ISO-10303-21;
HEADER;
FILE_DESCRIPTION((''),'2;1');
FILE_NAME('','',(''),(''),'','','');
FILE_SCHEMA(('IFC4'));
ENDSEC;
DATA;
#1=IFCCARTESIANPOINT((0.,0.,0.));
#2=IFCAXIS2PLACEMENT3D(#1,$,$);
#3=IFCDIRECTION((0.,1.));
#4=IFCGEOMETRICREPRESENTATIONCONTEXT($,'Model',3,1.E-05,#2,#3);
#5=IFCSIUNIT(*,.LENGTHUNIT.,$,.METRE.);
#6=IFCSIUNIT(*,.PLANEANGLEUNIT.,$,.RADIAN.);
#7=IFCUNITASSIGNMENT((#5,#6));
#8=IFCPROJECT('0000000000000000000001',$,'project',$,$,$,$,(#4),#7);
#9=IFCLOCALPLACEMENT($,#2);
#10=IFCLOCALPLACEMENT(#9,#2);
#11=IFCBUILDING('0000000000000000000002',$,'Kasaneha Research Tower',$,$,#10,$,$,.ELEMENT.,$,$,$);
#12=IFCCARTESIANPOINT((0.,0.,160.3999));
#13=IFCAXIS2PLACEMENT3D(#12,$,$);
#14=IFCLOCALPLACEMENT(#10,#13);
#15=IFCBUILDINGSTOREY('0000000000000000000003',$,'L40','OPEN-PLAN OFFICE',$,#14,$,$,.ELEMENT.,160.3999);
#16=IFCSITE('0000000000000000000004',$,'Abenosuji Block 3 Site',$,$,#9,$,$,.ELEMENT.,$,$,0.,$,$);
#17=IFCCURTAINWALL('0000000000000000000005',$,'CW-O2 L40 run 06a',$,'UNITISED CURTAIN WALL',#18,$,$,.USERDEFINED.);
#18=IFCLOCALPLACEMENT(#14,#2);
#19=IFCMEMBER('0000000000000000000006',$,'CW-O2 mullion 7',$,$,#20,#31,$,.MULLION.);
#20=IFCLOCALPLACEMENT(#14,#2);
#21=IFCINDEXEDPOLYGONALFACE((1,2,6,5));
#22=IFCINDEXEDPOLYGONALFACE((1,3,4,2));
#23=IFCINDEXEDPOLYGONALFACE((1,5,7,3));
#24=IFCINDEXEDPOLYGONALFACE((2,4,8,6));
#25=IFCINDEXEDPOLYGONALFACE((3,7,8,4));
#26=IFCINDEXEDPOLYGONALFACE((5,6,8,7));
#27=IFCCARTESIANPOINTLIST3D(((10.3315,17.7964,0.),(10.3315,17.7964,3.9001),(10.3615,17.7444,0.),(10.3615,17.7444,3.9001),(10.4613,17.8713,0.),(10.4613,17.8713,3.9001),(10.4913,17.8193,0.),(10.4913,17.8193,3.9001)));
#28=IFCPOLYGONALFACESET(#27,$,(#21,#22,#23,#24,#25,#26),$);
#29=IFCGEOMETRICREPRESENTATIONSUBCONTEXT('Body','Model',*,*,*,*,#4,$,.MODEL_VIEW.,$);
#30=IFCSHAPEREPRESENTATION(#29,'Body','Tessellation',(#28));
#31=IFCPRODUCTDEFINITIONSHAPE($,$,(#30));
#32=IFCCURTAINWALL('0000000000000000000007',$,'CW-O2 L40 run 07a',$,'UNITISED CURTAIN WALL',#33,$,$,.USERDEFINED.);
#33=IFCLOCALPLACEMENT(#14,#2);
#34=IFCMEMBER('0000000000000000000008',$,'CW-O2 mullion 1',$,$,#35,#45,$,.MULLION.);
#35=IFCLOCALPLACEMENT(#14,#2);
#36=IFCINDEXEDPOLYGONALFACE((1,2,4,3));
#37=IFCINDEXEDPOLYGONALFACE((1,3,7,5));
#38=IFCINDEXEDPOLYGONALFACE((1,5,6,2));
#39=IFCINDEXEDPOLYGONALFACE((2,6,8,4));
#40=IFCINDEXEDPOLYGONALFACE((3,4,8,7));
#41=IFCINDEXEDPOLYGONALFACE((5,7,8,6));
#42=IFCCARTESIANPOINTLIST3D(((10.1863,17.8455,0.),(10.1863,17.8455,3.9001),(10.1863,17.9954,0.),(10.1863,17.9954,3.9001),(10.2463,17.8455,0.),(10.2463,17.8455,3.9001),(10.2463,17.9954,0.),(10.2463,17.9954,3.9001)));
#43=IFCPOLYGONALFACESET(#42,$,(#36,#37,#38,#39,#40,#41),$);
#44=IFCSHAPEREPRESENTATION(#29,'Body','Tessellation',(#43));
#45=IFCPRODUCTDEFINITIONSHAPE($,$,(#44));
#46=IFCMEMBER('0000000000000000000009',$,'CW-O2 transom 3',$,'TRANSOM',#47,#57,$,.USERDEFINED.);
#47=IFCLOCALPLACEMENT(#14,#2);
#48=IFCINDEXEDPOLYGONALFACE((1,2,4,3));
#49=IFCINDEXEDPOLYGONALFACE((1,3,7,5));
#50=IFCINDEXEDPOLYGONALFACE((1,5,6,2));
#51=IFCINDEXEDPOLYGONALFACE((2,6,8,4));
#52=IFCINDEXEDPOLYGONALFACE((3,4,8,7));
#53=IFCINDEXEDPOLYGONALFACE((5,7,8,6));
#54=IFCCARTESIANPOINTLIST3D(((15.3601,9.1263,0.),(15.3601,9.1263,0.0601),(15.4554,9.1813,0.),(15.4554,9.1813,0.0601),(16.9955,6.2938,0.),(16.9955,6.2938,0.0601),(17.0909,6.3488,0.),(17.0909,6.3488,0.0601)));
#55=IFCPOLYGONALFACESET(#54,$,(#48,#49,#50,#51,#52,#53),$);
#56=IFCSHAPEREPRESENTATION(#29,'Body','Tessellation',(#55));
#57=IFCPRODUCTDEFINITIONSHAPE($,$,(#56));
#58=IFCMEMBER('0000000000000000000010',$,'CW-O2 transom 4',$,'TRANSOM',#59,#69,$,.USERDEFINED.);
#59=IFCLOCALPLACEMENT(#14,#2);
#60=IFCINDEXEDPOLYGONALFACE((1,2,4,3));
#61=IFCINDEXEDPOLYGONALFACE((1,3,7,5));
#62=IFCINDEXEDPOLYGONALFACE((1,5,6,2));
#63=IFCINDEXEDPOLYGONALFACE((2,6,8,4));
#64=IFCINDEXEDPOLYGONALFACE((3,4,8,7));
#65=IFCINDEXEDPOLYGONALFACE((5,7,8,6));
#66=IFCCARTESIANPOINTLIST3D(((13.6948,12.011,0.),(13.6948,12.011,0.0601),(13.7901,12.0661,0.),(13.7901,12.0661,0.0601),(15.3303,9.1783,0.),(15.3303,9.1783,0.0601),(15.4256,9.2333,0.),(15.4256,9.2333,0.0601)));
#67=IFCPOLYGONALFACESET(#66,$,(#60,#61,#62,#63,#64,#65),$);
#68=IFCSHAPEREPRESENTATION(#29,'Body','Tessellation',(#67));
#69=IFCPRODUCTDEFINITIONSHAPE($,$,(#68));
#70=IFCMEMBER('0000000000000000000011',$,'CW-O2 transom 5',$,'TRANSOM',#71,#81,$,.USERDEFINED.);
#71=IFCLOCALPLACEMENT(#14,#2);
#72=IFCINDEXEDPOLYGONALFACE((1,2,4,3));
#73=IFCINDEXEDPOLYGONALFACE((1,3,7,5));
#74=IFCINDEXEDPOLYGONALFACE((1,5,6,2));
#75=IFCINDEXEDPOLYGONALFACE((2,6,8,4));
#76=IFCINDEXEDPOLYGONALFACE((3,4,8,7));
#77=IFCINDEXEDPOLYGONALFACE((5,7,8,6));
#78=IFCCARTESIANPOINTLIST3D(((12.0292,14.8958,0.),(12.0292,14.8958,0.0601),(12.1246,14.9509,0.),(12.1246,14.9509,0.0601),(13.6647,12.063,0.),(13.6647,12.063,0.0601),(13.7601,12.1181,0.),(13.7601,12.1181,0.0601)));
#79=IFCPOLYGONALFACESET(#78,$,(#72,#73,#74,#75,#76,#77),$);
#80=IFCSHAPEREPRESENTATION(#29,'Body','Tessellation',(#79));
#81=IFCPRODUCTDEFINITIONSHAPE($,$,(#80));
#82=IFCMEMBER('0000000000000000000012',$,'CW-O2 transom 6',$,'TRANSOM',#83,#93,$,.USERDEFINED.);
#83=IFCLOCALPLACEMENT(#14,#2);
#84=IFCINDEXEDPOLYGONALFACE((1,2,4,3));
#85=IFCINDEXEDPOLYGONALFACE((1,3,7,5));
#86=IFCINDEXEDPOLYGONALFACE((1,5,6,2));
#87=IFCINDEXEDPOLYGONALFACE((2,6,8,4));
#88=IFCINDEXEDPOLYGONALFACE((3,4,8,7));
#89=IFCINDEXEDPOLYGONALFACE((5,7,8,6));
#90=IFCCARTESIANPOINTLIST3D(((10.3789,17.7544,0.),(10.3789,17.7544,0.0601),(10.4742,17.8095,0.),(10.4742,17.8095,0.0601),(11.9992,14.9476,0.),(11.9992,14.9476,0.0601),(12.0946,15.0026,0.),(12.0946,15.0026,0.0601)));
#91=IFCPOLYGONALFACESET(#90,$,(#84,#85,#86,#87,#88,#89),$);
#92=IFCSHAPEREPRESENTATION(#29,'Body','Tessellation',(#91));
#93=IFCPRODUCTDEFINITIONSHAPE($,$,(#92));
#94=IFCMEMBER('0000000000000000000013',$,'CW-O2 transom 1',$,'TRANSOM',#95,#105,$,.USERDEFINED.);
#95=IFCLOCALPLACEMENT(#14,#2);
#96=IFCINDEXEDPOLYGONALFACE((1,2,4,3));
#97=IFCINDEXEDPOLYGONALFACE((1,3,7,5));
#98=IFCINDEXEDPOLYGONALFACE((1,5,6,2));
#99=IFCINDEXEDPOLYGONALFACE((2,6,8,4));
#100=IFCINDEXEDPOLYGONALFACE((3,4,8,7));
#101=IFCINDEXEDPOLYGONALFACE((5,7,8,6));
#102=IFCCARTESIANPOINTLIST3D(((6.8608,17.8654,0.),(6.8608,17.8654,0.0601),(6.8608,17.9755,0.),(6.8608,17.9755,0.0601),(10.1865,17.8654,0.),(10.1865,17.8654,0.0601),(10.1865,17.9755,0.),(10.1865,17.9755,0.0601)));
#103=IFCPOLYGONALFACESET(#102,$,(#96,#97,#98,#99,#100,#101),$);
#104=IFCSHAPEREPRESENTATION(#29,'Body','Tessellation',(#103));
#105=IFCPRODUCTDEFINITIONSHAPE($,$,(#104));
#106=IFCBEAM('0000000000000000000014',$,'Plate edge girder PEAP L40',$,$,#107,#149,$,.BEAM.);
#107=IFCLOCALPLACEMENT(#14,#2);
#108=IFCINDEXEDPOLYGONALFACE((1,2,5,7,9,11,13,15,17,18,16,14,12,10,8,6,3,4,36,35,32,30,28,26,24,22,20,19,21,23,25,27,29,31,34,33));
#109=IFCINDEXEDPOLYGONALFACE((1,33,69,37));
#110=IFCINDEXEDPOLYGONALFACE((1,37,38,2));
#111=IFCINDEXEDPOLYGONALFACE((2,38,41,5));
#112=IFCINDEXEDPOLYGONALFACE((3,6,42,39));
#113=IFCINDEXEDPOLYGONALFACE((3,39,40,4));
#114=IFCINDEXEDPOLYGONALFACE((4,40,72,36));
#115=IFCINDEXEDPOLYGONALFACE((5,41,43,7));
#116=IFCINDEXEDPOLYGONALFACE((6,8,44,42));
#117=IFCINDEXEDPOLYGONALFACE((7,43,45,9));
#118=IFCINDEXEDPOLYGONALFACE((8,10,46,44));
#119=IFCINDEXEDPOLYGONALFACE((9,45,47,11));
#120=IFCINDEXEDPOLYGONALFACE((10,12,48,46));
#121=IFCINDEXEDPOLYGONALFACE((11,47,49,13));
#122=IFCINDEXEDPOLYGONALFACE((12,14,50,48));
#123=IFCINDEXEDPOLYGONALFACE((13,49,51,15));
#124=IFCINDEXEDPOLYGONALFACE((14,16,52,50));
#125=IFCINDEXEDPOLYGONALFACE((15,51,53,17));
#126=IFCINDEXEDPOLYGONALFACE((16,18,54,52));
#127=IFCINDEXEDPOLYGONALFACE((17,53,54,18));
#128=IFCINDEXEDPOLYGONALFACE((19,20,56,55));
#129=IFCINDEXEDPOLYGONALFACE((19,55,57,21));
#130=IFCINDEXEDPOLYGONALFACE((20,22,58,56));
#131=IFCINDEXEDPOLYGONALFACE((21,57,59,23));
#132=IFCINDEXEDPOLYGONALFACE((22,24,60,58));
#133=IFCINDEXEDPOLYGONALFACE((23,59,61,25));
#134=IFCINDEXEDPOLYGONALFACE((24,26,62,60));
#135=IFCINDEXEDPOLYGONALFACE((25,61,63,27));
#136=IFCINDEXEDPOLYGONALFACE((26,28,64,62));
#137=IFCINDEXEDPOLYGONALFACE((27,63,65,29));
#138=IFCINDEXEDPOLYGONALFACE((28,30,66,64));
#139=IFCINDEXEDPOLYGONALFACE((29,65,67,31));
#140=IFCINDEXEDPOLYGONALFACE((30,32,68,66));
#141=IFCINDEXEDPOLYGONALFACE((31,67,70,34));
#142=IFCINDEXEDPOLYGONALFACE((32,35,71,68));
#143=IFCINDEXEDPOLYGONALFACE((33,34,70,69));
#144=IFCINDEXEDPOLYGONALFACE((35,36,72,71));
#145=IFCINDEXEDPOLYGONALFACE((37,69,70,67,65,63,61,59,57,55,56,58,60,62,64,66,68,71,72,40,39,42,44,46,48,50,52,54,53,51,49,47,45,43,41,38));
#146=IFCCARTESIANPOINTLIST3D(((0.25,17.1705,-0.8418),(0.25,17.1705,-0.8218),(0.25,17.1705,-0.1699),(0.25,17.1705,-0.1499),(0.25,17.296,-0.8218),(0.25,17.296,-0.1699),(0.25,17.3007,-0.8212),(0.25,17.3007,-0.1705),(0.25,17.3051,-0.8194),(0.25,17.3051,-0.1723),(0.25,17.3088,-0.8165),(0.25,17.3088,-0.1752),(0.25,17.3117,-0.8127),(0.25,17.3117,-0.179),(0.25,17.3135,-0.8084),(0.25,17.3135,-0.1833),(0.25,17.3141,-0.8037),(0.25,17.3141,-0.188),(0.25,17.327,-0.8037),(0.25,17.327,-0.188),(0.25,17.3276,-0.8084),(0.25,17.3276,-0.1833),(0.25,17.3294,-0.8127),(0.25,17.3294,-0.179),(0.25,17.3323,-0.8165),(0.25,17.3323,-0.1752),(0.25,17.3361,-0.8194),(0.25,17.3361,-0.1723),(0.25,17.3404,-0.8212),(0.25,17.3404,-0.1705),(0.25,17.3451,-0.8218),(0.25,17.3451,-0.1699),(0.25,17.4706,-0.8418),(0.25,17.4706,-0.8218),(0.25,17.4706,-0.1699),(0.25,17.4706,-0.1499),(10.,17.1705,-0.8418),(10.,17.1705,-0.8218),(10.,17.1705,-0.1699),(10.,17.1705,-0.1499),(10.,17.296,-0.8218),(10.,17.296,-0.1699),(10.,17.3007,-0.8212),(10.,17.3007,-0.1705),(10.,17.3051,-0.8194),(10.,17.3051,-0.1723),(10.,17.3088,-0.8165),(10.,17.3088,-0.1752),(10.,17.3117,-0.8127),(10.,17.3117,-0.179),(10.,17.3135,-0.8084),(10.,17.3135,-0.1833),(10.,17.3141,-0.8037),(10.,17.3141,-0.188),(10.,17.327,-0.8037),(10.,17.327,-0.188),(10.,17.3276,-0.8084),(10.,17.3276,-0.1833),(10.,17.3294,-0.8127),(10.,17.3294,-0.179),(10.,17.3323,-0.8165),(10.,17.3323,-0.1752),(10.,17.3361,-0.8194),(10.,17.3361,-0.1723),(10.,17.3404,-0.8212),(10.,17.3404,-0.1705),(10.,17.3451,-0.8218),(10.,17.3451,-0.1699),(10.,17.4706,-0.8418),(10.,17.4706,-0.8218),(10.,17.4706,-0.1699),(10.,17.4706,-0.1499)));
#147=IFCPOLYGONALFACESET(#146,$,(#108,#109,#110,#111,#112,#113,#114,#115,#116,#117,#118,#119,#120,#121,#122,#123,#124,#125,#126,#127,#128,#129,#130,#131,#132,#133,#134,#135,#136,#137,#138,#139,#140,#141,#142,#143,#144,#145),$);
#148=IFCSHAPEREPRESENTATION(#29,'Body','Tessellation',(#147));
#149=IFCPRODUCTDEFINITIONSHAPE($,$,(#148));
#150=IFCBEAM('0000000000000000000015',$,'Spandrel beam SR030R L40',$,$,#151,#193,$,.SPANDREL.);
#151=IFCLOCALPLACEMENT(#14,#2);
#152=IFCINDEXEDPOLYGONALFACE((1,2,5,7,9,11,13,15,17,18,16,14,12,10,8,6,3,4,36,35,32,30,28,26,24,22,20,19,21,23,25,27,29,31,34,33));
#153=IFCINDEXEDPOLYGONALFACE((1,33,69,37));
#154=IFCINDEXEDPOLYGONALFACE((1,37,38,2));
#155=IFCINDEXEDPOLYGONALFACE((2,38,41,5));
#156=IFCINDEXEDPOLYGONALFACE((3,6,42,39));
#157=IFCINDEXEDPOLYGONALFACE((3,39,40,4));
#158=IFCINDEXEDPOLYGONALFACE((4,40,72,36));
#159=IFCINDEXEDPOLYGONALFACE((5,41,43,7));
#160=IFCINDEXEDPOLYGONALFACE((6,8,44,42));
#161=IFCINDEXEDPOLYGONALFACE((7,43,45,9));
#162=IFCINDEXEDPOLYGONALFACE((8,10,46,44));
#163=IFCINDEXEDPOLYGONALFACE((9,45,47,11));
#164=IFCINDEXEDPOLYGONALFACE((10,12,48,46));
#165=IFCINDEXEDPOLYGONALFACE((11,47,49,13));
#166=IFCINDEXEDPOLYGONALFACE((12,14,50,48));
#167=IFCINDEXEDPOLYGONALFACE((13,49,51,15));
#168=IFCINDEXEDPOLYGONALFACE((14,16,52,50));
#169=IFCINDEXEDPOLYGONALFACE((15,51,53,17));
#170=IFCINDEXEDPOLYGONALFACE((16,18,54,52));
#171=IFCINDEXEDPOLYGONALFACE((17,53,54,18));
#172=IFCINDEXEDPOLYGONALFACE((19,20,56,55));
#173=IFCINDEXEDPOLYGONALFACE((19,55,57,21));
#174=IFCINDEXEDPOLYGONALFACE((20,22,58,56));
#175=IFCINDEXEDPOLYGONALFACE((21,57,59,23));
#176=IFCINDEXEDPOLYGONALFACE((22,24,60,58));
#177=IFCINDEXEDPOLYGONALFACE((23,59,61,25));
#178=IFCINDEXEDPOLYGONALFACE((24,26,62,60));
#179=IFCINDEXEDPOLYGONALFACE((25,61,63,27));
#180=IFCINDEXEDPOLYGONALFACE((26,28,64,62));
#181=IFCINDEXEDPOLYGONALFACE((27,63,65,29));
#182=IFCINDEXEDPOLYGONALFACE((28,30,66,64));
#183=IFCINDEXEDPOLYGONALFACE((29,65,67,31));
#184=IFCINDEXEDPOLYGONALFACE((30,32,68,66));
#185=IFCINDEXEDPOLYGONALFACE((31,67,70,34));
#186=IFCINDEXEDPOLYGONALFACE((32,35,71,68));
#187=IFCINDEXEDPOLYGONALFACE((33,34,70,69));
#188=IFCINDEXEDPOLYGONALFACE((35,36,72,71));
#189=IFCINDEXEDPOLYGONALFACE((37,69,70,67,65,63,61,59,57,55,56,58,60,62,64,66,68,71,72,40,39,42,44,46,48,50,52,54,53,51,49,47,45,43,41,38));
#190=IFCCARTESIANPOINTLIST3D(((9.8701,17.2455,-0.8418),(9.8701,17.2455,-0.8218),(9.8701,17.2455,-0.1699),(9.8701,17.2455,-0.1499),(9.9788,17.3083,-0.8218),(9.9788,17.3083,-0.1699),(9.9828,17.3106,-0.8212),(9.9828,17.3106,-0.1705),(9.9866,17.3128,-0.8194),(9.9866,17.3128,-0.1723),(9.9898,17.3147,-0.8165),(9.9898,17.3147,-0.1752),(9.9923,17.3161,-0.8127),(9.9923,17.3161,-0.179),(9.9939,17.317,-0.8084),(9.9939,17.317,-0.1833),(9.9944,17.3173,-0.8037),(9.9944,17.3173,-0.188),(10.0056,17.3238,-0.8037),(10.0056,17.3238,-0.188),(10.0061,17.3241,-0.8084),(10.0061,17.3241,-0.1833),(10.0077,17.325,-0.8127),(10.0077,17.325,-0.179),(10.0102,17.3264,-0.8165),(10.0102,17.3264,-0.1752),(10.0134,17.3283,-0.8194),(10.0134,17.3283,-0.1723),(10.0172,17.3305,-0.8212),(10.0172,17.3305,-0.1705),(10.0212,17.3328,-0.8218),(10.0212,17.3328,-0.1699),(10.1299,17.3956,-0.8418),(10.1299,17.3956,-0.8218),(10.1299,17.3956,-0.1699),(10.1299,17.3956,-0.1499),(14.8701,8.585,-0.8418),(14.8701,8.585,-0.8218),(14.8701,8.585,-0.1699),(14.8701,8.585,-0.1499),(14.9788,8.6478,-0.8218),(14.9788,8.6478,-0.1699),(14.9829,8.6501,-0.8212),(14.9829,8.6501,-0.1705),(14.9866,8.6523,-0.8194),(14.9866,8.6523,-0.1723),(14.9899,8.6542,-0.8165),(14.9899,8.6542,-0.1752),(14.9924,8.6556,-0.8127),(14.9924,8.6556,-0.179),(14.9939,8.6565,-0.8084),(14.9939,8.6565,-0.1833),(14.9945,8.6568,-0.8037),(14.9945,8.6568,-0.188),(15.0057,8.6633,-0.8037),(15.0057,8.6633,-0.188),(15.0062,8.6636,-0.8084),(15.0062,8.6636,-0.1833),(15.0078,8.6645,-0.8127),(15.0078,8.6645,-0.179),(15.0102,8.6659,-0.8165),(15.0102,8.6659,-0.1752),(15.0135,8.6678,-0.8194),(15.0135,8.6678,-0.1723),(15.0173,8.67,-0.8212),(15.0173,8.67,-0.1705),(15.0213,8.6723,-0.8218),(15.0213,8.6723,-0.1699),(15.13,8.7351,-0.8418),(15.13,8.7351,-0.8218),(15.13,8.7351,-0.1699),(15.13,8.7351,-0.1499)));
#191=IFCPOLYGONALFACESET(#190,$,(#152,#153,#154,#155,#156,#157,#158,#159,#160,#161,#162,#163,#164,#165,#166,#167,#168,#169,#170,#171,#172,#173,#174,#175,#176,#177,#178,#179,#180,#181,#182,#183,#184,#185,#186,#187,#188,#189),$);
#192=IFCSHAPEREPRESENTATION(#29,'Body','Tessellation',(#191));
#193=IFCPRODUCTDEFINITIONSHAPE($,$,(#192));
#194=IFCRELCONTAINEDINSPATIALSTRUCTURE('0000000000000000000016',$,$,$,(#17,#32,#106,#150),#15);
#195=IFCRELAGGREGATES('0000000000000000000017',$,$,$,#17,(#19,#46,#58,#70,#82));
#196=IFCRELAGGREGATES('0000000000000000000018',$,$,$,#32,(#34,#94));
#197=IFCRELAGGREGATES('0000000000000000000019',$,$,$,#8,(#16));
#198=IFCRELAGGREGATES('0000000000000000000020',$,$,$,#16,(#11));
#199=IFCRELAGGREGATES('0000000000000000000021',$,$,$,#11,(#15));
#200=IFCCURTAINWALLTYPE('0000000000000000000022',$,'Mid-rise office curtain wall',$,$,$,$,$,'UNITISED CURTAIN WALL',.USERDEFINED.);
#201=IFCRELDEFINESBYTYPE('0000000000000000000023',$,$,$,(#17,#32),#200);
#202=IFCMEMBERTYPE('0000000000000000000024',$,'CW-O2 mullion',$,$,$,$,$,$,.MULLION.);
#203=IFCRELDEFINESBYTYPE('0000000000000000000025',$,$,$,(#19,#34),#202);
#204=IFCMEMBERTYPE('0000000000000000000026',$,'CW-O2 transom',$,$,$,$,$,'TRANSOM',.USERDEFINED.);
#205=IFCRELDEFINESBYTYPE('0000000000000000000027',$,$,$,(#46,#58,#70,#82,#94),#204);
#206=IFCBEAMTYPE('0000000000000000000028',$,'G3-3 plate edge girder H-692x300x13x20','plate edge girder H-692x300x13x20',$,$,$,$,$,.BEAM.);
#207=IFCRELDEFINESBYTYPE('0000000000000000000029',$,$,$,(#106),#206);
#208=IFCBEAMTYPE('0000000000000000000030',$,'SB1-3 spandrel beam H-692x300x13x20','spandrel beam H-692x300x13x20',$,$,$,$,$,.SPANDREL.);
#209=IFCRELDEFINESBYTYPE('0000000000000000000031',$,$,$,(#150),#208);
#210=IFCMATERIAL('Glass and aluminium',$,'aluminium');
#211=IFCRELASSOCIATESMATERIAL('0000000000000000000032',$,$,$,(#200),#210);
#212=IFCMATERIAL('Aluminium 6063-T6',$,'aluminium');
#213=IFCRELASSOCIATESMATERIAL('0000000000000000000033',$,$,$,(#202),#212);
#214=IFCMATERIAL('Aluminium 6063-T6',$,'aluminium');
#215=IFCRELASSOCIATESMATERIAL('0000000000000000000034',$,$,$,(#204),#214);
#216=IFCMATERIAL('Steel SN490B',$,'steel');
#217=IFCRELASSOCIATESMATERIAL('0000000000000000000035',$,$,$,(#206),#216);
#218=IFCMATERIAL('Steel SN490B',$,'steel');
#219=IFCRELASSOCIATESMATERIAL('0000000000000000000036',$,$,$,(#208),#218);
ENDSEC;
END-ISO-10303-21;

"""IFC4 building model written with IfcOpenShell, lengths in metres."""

from ifc_helpers import new_model, si_unit, direction, frame, origin, origin_2d, place, context, subcontext, project, spatial, rectangle, i_section, extrude, material, material_profile, profile_set, type_object, element, aggregate, save


model = new_model("IFC4")

# Units and contexts
model_context = context("Model", 3, precision=1e-05, world=origin(), true_north=direction((0.0, 1.0)))
body_context = subcontext(model_context, "Body", "Model", "MODEL_VIEW")
ifc_project = project(units=[si_unit("LENGTHUNIT", "METRE"), si_unit("PLANEANGLEUNIT", "RADIAN")], contexts=[model_context])

# Site, building, storey
site_placement = place(None, origin())
site = spatial("IfcSite", under=ifc_project, at=site_placement, Name="Abenosuji Block 3 Site", CompositionType="ELEMENT", RefElevation=0.0)
building_placement = place(site_placement, origin())
building = spatial("IfcBuilding", under=site, at=building_placement, Name="Kasaneha Research Tower", CompositionType="ELEMENT")
storey_placement = place(building_placement, frame((0.0, 0.0, 160.3999)))
storey = spatial("IfcBuildingStorey", under=building, at=storey_placement, Name="L40", Description="OPEN-PLAN OFFICE", CompositionType="ELEMENT", Elevation=160.3999)

# Curtain wall, member
ifc_material_1 = material(Name="Glass and aluminium", Category="aluminium")
curtain_wall_type = type_object("IfcCurtainWallType", Name="Mid-rise office curtain wall", ElementType="UNITISED CURTAIN WALL", PredefinedType="USERDEFINED", material=ifc_material_1)
curtain_wall_1_placement = place(storey_placement, origin())
curtain_wall_1 = element("IfcCurtainWall", 1, at=curtain_wall_1_placement, inside=storey, type_object=curtain_wall_type, Name="CW-O2 L40 run 06a", ObjectType="UNITISED CURTAIN WALL", PredefinedType="USERDEFINED")
ifc_material_2 = material(Name="Aluminium 6063-T6", Category="aluminium")
ifc_material_profile_1 = material_profile(ifc_material_2, rectangle(XDim=0.0601, YDim=0.1499, at=origin_2d()), Name="CW-O2 mullion 60x150")
ifc_profile_set_1 = profile_set([ifc_material_profile_1], Name="Aluminium 6063-T6")
member_type_1 = type_object("IfcMemberType", Name="CW-O2 mullion", PredefinedType="MULLION", material=ifc_profile_set_1)
member_1_placement = place(storey_placement, frame((10.4114, 17.8079, 0.0), z_axis=(0.0, 0.0, 1.0), x_axis=(-0.5, 0.866025, 0.0)))
member_1 = element("IfcMember", 2, at=member_1_placement, type_object=member_type_1, Name="CW-O2 mullion 7", PredefinedType="MULLION", context=body_context, shape_type="SweptSolid", body=[
    extrude(rectangle(XDim=0.0601, YDim=0.1499, at=origin_2d()), origin(), (0.0, 0.0, 1.0), 3.9001),
])

# Curtain wall, member
curtain_wall_2_placement = place(storey_placement, origin())
curtain_wall_2 = element("IfcCurtainWall", 3, at=curtain_wall_2_placement, inside=storey, type_object=curtain_wall_type, Name="CW-O2 L40 run 07a", ObjectType="UNITISED CURTAIN WALL", PredefinedType="USERDEFINED")
member_2_placement = place(storey_placement, frame((10.2163, 17.9204, 0.0), z_axis=(0.0, 0.0, 1.0), x_axis=(-1.0, 0.0, 0.0)))
member_2 = element("IfcMember", 4, at=member_2_placement, type_object=member_type_1, Name="CW-O2 mullion 1", PredefinedType="MULLION", context=body_context, shape_type="SweptSolid", body=[
    extrude(rectangle(XDim=0.0601, YDim=0.1499, at=origin_2d()), origin(), (0.0, 0.0, 1.0), 3.9001),
])

# Members
ifc_material_3 = material(Name="Aluminium 6063-T6", Category="aluminium")
ifc_material_profile_2 = material_profile(ifc_material_3, rectangle(XDim=0.1101, YDim=0.0601, at=origin_2d()), Name="CW-O2 transom 110x60")
ifc_profile_set_2 = profile_set([ifc_material_profile_2], Name="Aluminium 6063-T6")
member_type_2 = type_object("IfcMemberType", Name="CW-O2 transom", ElementType="TRANSOM", PredefinedType="USERDEFINED", material=ifc_profile_set_2)
member_3_placement = place(storey_placement, frame((17.0432, 6.3213, 0.03), z_axis=(-0.500033, 0.866007, 0.0), x_axis=(-0.866007, -0.500033, 0.0)))
member_3 = element("IfcMember", 5, at=member_3_placement, type_object=member_type_2, Name="CW-O2 transom 3", ObjectType="TRANSOM", PredefinedType="USERDEFINED", context=body_context, shape_type="SweptSolid", body=[
    extrude(rectangle(XDim=0.1101, YDim=0.0601, at=origin_2d()), origin(), (0.0, 0.0, 1.0), 3.2708),
])
member_4_placement = place(storey_placement, frame((15.3779, 9.2058, 0.03), z_axis=(-0.5, 0.866025, 0.0), x_axis=(-0.866025, -0.5, 0.0)))
member_4 = element("IfcMember", 6, at=member_4_placement, type_object=member_type_2, Name="CW-O2 transom 4", ObjectType="TRANSOM", PredefinedType="USERDEFINED", context=body_context, shape_type="SweptSolid", body=[
    extrude(rectangle(XDim=0.1101, YDim=0.0601, at=origin_2d()), origin(), (0.0, 0.0, 1.0), 3.271),
])
member_5_placement = place(storey_placement, frame((13.7124, 12.0906, 0.03), z_axis=(-0.5, 0.866025, 0.0), x_axis=(-0.866025, -0.5, 0.0)))
member_5 = element("IfcMember", 7, at=member_5_placement, type_object=member_type_2, Name="CW-O2 transom 5", ObjectType="TRANSOM", PredefinedType="USERDEFINED", context=body_context, shape_type="SweptSolid", body=[
    extrude(rectangle(XDim=0.1101, YDim=0.0601, at=origin_2d()), origin(), (0.0, 0.0, 1.0), 3.271),
])
member_6_placement = place(storey_placement, frame((12.0469, 14.9751, 0.03), z_axis=(-0.499955, 0.866051, 0.0), x_axis=(-0.866051, -0.499955, 0.0)))
member_6 = element("IfcMember", 8, at=member_6_placement, type_object=member_type_2, Name="CW-O2 transom 6", ObjectType="TRANSOM", PredefinedType="USERDEFINED", context=body_context, shape_type="SweptSolid", body=[
    extrude(rectangle(XDim=0.1101, YDim=0.0601, at=origin_2d()), origin(), (0.0, 0.0, 1.0), 3.241),
])
member_7_placement = place(storey_placement, frame((10.1865, 17.9204, 0.03), z_axis=(-1.0, 0.0, 0.0), x_axis=(0.0, -1.0, 0.0)))
member_7 = element("IfcMember", 9, at=member_7_placement, type_object=member_type_2, Name="CW-O2 transom 1", ObjectType="TRANSOM", PredefinedType="USERDEFINED", context=body_context, shape_type="SweptSolid", body=[
    extrude(rectangle(XDim=0.1101, YDim=0.0601, at=origin_2d()), origin(), (0.0, 0.0, 1.0), 3.3257),
])

# Beams
ifc_material_4 = material(Name="Steel SN490B", Category="steel")
ifc_material_profile_3 = material_profile(ifc_material_4, i_section(OverallWidth=0.3, OverallDepth=0.6919, WebThickness=0.0129, FlangeThickness=0.02, FilletRadius=0.0181, at=origin_2d()), Name="H-692x300x13x20")
ifc_profile_set_3 = profile_set([ifc_material_profile_3], Name="Steel SN490B")
beam_type_1 = type_object("IfcBeamType", Name="G3-3 plate edge girder H-692x300x13x20", Description="plate edge girder H-692x300x13x20", PredefinedType="BEAM", material=ifc_profile_set_3)
beam_1_placement = place(storey_placement, frame((10.0, 17.3206, -0.4958), z_axis=(-1.0, 0.0, 0.0), x_axis=(0.0, -1.0, 0.0)))
element("IfcBeam", 10, at=beam_1_placement, inside=storey, type_object=beam_type_1, Name="Plate edge girder PEAP L40", PredefinedType="BEAM", context=body_context, shape_type="SweptSolid", body=[
    extrude(i_section(OverallWidth=0.3, OverallDepth=0.6919, WebThickness=0.0129, FlangeThickness=0.02, FilletRadius=0.0181, at=origin_2d()), origin(), (0.0, 0.0, 1.0), 9.75),
])
ifc_material_5 = material(Name="Steel SN490B", Category="steel")
ifc_material_profile_4 = material_profile(ifc_material_5, i_section(OverallWidth=0.3, OverallDepth=0.6919, WebThickness=0.0129, FlangeThickness=0.02, FilletRadius=0.0181, at=origin_2d()), Name="H-692x300x13x20")
ifc_profile_set_4 = profile_set([ifc_material_profile_4], Name="Steel SN490B")
beam_type_2 = type_object("IfcBeamType", Name="SB1-3 spandrel beam H-692x300x13x20", Description="spandrel beam H-692x300x13x20", PredefinedType="SPANDREL", material=ifc_profile_set_4)
beam_2_placement = place(storey_placement, frame((10.0, 17.3206, -0.4958), z_axis=(0.499994, -0.866029, 0.0), x_axis=(0.866029, 0.499994, 0.0)))
element("IfcBeam", 11, at=beam_2_placement, inside=storey, type_object=beam_type_2, Name="Spandrel beam SR030R L40", PredefinedType="SPANDREL", context=body_context, shape_type="SweptSolid", body=[
    extrude(i_section(OverallWidth=0.3, OverallDepth=0.6919, WebThickness=0.0129, FlangeThickness=0.02, FilletRadius=0.0181, at=origin_2d()), origin(), (0.0, 0.0, 1.0), 10.0002),
])

aggregate(curtain_wall_1, [member_1, member_3, member_4, member_5, member_6])
aggregate(curtain_wall_2, [member_2, member_7])

save(model, "model.ifc")
